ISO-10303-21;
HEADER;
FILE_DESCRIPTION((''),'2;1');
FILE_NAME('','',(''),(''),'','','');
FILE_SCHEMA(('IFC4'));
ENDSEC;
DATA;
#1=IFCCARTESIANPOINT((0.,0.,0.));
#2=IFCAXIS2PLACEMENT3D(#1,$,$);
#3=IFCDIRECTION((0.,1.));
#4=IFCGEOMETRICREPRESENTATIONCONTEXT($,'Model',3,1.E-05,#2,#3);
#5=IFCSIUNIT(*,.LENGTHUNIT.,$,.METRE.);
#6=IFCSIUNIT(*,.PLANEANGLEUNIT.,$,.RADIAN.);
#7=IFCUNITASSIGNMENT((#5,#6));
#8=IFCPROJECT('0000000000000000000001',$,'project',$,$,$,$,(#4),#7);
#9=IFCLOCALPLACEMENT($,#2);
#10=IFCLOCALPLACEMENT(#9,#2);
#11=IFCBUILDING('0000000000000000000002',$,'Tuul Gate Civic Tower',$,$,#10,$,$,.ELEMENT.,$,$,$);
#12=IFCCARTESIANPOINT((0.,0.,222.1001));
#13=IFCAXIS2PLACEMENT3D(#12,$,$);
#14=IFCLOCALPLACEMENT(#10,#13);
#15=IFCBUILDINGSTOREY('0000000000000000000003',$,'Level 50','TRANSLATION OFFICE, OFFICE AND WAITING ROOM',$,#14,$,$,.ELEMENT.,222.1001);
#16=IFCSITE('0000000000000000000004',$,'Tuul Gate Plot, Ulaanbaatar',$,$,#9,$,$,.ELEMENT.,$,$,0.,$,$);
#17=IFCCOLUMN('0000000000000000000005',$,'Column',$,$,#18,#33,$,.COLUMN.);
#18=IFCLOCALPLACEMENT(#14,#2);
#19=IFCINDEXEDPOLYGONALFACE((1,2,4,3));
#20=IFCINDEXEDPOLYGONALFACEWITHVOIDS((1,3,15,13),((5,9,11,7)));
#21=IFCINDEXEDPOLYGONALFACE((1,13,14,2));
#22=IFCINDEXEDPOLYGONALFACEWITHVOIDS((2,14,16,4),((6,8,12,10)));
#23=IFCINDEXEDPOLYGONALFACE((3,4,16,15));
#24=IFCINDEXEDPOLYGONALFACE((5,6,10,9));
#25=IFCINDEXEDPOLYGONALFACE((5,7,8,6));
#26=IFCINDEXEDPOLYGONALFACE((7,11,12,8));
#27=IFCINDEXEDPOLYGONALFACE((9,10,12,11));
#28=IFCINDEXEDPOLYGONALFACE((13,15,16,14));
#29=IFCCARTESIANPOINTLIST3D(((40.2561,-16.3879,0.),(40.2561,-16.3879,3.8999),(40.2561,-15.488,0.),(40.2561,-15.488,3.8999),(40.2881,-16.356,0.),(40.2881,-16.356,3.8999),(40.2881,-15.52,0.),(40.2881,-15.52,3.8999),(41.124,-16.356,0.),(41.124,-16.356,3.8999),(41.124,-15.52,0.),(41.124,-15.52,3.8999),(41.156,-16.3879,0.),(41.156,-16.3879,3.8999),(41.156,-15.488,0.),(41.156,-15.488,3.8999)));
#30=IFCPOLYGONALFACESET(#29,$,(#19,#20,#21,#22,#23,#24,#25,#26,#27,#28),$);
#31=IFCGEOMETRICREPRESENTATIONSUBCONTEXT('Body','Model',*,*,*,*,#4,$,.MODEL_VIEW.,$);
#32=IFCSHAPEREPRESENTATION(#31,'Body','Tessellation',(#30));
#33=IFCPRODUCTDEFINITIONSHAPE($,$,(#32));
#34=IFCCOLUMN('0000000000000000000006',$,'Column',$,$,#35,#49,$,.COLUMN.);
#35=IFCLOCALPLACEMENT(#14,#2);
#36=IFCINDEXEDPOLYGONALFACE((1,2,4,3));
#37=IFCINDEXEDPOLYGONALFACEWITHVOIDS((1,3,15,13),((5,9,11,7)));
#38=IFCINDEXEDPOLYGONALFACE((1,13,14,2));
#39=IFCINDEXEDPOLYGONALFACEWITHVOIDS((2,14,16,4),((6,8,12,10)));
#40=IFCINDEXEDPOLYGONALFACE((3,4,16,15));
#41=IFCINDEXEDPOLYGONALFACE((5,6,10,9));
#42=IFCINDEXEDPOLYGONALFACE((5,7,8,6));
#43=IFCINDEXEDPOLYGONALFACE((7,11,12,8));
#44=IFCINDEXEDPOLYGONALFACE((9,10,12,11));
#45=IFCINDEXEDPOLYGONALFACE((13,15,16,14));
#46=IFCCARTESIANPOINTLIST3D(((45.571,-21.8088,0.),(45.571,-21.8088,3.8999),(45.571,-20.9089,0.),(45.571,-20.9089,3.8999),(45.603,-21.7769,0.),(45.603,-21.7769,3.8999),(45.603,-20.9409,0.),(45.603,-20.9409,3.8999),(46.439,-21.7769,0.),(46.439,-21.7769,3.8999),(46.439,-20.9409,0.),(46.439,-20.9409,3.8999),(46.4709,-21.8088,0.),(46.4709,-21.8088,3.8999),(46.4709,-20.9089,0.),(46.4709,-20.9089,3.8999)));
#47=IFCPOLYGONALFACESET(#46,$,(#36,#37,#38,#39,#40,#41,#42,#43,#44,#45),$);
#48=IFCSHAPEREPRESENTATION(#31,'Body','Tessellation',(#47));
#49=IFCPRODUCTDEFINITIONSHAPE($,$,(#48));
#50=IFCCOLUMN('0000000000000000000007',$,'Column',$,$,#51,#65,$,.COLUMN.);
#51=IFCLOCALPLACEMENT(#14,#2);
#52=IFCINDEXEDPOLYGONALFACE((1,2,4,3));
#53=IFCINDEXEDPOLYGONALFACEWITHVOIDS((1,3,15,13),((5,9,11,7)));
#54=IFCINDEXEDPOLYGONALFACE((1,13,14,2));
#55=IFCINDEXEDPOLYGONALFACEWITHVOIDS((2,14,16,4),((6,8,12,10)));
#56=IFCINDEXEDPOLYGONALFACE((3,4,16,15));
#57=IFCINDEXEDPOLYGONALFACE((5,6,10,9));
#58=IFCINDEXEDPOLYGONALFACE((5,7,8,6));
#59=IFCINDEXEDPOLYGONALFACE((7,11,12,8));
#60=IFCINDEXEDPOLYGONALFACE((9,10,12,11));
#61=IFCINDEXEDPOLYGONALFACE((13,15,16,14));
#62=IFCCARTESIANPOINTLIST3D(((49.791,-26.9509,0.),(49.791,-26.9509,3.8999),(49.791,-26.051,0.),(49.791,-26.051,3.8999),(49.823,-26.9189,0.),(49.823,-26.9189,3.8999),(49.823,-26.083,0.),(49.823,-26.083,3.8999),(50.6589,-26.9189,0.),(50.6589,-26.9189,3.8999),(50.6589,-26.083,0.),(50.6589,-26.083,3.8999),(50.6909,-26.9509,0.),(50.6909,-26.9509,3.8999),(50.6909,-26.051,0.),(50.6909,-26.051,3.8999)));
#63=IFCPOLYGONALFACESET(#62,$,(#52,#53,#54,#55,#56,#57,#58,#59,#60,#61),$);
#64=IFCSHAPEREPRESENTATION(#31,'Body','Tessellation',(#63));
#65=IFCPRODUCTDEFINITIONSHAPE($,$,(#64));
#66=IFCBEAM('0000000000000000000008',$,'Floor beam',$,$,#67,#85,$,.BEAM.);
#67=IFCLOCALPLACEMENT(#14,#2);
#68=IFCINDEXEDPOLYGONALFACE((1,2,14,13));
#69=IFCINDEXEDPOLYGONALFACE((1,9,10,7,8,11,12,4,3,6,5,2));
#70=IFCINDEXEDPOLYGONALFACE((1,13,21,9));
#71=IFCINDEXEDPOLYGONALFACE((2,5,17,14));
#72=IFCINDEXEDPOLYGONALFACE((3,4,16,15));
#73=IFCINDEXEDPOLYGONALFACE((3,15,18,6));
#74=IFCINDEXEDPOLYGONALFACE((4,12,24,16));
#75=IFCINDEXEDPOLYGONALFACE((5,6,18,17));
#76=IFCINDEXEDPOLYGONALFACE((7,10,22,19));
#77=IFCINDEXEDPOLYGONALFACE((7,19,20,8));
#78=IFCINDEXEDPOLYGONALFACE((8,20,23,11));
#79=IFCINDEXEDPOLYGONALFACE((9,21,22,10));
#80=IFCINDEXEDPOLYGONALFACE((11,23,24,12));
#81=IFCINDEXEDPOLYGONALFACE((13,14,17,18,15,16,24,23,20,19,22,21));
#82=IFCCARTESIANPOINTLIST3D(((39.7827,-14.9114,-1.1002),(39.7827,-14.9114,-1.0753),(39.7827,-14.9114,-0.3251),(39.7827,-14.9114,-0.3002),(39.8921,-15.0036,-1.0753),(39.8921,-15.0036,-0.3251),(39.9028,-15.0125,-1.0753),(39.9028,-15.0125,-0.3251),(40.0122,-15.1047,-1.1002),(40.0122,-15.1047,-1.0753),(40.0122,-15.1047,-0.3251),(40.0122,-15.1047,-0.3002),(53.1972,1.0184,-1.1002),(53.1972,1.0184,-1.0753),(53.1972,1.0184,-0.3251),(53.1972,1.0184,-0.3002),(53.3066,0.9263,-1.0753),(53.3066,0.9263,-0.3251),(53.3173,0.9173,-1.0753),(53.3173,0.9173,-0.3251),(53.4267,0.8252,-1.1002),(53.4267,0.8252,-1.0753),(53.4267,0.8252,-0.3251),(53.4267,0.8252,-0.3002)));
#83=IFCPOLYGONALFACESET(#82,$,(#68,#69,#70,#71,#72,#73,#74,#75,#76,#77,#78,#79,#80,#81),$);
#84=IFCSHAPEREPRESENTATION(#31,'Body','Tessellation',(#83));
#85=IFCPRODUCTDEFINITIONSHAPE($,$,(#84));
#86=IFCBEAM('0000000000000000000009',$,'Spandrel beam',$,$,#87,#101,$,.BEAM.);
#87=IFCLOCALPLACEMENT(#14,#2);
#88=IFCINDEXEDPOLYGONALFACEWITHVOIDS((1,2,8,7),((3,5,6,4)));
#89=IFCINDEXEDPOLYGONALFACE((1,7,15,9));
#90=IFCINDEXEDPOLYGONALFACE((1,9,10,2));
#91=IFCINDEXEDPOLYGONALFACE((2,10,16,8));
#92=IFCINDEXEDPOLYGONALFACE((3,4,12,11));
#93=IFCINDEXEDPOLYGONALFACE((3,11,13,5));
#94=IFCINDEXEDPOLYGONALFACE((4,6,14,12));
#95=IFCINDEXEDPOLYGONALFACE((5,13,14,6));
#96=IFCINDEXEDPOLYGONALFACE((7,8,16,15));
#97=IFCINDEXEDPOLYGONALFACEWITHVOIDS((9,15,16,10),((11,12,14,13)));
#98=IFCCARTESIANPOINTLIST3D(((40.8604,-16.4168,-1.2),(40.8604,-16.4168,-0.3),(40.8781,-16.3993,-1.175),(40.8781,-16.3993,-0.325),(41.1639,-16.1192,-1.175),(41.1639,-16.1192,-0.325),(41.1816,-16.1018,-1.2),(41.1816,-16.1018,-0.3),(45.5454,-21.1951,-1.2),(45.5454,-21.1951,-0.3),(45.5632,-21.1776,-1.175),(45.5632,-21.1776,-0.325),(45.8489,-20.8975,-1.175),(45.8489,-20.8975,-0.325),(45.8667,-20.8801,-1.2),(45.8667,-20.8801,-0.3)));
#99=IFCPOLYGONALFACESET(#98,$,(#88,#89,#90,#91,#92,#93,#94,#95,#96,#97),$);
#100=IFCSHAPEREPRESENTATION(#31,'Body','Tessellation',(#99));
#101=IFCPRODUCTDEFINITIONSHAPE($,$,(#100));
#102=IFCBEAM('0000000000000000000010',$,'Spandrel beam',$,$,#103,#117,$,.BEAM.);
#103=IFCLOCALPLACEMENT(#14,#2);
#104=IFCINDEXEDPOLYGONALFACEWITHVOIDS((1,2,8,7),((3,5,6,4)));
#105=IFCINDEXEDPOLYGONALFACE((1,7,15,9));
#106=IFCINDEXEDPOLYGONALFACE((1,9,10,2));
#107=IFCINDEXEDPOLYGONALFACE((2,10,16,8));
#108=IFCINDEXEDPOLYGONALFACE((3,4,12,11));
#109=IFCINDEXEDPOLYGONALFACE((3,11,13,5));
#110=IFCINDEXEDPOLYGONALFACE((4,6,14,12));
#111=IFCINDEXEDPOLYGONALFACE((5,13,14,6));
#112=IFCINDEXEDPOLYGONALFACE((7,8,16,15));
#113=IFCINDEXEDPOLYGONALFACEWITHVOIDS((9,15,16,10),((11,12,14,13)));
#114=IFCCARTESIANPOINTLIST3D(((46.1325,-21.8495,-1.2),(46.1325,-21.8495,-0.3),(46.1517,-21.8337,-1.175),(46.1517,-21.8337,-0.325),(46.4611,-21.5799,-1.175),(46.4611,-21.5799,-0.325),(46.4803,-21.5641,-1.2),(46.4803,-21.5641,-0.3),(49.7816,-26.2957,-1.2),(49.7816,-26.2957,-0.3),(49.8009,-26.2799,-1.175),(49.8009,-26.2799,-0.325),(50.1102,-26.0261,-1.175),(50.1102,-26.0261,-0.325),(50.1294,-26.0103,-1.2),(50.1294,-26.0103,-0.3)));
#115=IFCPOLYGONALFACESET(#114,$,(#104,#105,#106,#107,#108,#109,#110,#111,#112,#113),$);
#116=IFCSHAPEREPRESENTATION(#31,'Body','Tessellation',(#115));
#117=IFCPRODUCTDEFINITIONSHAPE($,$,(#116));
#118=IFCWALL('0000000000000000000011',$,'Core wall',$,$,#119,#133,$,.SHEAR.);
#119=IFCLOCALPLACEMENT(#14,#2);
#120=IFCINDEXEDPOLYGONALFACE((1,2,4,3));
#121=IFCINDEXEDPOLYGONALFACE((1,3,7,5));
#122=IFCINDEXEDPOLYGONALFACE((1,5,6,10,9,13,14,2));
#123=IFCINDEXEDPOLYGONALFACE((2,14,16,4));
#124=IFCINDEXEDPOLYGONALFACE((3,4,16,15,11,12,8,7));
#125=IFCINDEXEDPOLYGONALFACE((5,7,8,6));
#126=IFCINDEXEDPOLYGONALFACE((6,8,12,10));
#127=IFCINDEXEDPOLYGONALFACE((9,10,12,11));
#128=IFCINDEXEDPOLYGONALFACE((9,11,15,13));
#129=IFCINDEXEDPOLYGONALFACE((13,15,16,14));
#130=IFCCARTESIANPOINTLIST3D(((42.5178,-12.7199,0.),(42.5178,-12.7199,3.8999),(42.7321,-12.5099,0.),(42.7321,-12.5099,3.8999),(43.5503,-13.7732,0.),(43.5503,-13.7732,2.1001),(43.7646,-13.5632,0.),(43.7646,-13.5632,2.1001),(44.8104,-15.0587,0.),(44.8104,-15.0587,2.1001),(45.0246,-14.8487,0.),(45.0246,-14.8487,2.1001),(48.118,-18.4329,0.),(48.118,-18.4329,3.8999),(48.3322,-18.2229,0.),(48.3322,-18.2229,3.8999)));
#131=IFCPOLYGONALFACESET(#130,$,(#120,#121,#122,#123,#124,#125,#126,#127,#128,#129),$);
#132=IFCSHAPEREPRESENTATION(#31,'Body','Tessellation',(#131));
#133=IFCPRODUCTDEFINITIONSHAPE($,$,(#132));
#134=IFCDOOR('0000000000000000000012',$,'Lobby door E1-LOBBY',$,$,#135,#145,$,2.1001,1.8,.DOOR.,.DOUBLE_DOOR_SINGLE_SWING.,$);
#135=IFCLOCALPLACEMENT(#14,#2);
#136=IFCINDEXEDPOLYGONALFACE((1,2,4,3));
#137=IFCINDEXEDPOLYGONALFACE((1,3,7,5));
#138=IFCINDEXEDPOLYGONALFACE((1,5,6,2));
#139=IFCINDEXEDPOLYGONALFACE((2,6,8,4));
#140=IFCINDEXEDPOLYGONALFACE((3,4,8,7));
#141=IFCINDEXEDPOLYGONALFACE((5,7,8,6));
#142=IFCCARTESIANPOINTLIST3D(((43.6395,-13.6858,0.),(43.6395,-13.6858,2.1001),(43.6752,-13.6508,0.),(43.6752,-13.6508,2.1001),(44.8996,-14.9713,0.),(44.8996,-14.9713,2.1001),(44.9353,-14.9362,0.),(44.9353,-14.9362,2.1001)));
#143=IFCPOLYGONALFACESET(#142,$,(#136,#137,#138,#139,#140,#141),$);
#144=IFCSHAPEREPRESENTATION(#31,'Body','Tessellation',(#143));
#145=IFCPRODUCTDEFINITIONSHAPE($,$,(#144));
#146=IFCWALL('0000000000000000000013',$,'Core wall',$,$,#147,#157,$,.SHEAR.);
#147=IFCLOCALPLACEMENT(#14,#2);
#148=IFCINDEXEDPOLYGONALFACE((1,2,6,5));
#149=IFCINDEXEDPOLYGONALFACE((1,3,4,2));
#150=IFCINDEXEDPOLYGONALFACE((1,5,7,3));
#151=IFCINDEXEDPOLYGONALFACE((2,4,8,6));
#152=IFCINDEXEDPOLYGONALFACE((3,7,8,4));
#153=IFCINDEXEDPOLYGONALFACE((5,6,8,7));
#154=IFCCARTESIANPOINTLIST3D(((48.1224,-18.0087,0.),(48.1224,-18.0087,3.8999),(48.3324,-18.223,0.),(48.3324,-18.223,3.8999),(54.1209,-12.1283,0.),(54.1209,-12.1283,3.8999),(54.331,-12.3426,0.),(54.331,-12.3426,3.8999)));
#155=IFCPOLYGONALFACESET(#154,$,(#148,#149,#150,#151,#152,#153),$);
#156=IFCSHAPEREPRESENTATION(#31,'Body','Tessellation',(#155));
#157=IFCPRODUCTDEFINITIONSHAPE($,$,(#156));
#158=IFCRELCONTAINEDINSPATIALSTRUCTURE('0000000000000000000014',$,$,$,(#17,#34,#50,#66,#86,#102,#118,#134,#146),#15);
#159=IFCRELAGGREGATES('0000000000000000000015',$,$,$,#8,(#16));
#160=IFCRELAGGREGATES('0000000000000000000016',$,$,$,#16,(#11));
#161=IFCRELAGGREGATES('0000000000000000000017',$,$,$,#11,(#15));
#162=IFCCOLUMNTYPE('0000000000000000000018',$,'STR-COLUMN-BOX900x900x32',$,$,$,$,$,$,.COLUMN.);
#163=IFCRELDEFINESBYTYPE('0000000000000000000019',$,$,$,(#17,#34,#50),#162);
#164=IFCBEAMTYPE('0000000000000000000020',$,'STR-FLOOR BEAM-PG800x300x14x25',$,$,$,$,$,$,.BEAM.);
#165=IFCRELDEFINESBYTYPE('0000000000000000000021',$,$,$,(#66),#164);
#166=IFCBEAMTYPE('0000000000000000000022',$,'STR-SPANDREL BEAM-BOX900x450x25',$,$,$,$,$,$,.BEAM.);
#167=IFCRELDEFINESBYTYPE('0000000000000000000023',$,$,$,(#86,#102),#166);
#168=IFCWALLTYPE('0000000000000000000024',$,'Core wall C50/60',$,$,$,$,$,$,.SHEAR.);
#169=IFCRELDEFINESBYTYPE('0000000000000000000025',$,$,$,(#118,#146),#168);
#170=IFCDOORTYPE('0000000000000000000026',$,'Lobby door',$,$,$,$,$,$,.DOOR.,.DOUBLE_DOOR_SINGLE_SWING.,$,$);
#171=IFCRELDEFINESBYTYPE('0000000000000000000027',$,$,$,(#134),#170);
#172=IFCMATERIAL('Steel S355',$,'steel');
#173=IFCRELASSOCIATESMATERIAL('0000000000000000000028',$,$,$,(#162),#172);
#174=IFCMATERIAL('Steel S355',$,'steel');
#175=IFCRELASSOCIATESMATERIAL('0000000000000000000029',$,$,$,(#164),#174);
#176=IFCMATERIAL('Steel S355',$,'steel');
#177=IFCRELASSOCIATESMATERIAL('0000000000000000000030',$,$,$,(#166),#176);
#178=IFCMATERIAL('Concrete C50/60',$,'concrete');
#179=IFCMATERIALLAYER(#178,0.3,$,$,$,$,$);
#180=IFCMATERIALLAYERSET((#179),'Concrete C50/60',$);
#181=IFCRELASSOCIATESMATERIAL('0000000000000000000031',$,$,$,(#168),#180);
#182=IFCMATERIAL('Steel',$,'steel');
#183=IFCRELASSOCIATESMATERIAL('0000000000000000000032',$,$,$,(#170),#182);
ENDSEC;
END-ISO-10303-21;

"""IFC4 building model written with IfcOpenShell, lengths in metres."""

from ifc_helpers import new_model, si_unit, direction, frame, frame_2d, origin, origin_2d, place, context, subcontext, project, spatial, rectangle, hollow_rectangle, i_section, extrude, material, layer, layer_set, material_profile, profile_set, type_object, element, fill, save


model = new_model("IFC4")

# Units and contexts
model_context = context("Model", 3, precision=1e-05, world=origin(), true_north=direction((0.0, 1.0)))
body_context = subcontext(model_context, "Body", "Model", "MODEL_VIEW")
ifc_project = project(units=[si_unit("LENGTHUNIT", "METRE"), si_unit("PLANEANGLEUNIT", "RADIAN")], contexts=[model_context])

# Site, building, storey
site_placement = place(None, origin())
site = spatial("IfcSite", under=ifc_project, at=site_placement, Name="Tuul Gate Plot, Ulaanbaatar", CompositionType="ELEMENT", RefElevation=0.0)
building_placement = place(site_placement, origin())
building = spatial("IfcBuilding", under=site, at=building_placement, Name="Tuul Gate Civic Tower", CompositionType="ELEMENT")
storey_placement = place(building_placement, frame((0.0, 0.0, 222.1001)))
storey = spatial("IfcBuildingStorey", under=building, at=storey_placement, Name="Level 50", Description="TRANSLATION OFFICE, OFFICE AND WAITING ROOM", CompositionType="ELEMENT", Elevation=222.1001)

# Columns
ifc_material_1 = material(Name="Steel S355", Category="steel")
ifc_material_profile_1 = material_profile(ifc_material_1, hollow_rectangle(XDim=0.8999, YDim=0.8999, WallThickness=0.032, at=origin_2d()), Name="BOX900x900x32")
ifc_profile_set_1 = profile_set([ifc_material_profile_1], Name="Steel S355")
column_type = type_object("IfcColumnType", Name="STR-COLUMN-BOX900x900x32", PredefinedType="COLUMN", material=ifc_profile_set_1)
for number, where, z_axis, x_axis, name in (
    (1, (40.7061, -15.938, 0.0), (0.0, 0.0, 1.0), (1.0, 0.0, 0.0), "Column"),
    (2, (46.021, -21.3589, 0.0), (0.0, 0.0, 1.0), (1.0, 0.0, 0.0), "Column"),
    (3, (50.241, -26.501, 0.0), (0.0, 0.0, 1.0), (1.0, 0.0, 0.0), "Column"),
):
    element("IfcColumn", number, at=place(storey_placement, frame(where, z_axis=z_axis, x_axis=x_axis)), inside=storey, type_object=column_type, Name=name, PredefinedType="COLUMN", context=body_context, shape_type="SweptSolid", body=[
        extrude(hollow_rectangle(XDim=0.8999, YDim=0.8999, WallThickness=0.032, at=origin_2d()), origin(), (0.0, 0.0, 1.0), 3.8999),
    ])

# Beams
ifc_material_2 = material(Name="Steel S355", Category="steel")
ifc_material_profile_2 = material_profile(ifc_material_2, i_section(OverallWidth=0.3, OverallDepth=0.8, WebThickness=0.0139, FlangeThickness=0.0249, at=origin_2d()), Name="PG800x300x14x25")
ifc_profile_set_2 = profile_set([ifc_material_profile_2], Name="Steel S355")
beam_type_1 = type_object("IfcBeamType", Name="STR-FLOOR BEAM-PG800x300x14x25", PredefinedType="BEAM", material=ifc_profile_set_2)
beam_1_placement = place(storey_placement, frame((39.8975, -15.0081, -0.7002), z_axis=(0.644132, 0.764914, 0.0), x_axis=(-0.764914, 0.644132, 0.0)))
element("IfcBeam", 4, at=beam_1_placement, inside=storey, type_object=beam_type_1, Name="Floor beam", PredefinedType="BEAM", context=body_context, shape_type="SweptSolid", body=[
    extrude(i_section(OverallWidth=0.3, OverallDepth=0.8, WebThickness=0.0139, FlangeThickness=0.0249, at=origin_2d()), origin(), (0.0, 0.0, 1.0), 20.8257),
])
ifc_material_3 = material(Name="Steel S355", Category="steel")
ifc_material_profile_3 = material_profile(ifc_material_3, hollow_rectangle(XDim=0.45, YDim=0.8999, WallThickness=0.0249, at=origin_2d()), Name="BOX900x450x25")
ifc_profile_set_3 = profile_set([ifc_material_profile_3], Name="Steel S355")
beam_type_2 = type_object("IfcBeamType", Name="STR-SPANDREL BEAM-BOX900x450x25", PredefinedType="BEAM", material=ifc_profile_set_3)
beam_2_placement = place(storey_placement, frame((41.021, -16.2593, -0.75), z_axis=(0.700104, -0.714041, 0.0), x_axis=(0.714041, 0.700104, 0.0)))
element("IfcBeam", 5, at=beam_2_placement, inside=storey, type_object=beam_type_2, Name="Spandrel beam", PredefinedType="BEAM", context=body_context, shape_type="SweptSolid", body=[
    extrude(hollow_rectangle(XDim=0.45, YDim=0.8999, WallThickness=0.0249, at=origin_2d()), origin(), (0.0, 0.0, 1.0), 6.6919),
])
beam_3_placement = place(storey_placement, frame((46.3064, -21.7068, -0.75), z_axis=(0.634414, -0.772994, 0.0), x_axis=(0.772994, 0.634414, 0.0)))
element("IfcBeam", 6, at=beam_3_placement, inside=storey, type_object=beam_type_2, Name="Spandrel beam", PredefinedType="BEAM", context=body_context, shape_type="SweptSolid", body=[
    extrude(hollow_rectangle(XDim=0.45, YDim=0.8999, WallThickness=0.0249, at=origin_2d()), origin(), (0.0, 0.0, 1.0), 5.752),
])

# Wall, opening, door
ifc_material_4 = material(Name="Concrete C50/60", Category="concrete")
ifc_layer_1 = layer(ifc_material_4, 0.3)
ifc_layer_set_1 = layer_set([ifc_layer_1], Name="Concrete C50/60")
wall_type_1 = type_object("IfcWallType", Name="Core wall C50/60", PredefinedType="SHEAR", material=ifc_layer_set_1)
wall_1_placement = place(storey_placement, frame((48.2251, -18.3279, 0.0), z_axis=(0.0, 0.0, 1.0), x_axis=(-0.700022, 0.714121, 0.0)))
wall_1 = element("IfcWall", 7, at=wall_1_placement, inside=storey, type_object=wall_type_1, Name="Core wall", PredefinedType="SHEAR", context=body_context, shape_type="SweptSolid", body=[
    extrude(rectangle(XDim=8.0, YDim=0.3, at=frame_2d((4.0, 0.0))), origin(), (0.0, 0.0, 1.0), 3.8999),
])
opening_1_placement = place(wall_1_placement, frame((4.7251, 0.0, 0.0)))
opening_1 = element("IfcOpeningElement", 8, at=opening_1_placement, cuts=wall_1, PredefinedType="OPENING", context=body_context, shape_type="SweptSolid", body=[
    extrude(rectangle(XDim=1.8, YDim=2.1001, at=frame_2d((0.8999, 1.05))), frame((0.0, 0.1602, 0.0), z_axis=(0.0, -1.0, 0.0), x_axis=(1.0, 0.0, 0.0)), (0.0, 0.0, 1.0), 0.3201),
])
ifc_material_5 = material(Name="Steel", Category="steel")
door_type_1 = type_object("IfcDoorType", Name="Lobby door", OperationType="DOUBLE_DOOR_SINGLE_SWING", PredefinedType="DOOR", material=ifc_material_5)
door_1_placement = place(opening_1_placement, frame((1.8, 0.0, 0.0), z_axis=(0.0, 0.0, 1.0), x_axis=(-1.0, 0.0, 0.0)))
door_1 = element("IfcDoor", 9, at=door_1_placement, inside=storey, type_object=door_type_1, Name="Lobby door E1-LOBBY", OperationType="DOUBLE_DOOR_SINGLE_SWING", OverallHeight=2.1001, OverallWidth=1.8, PredefinedType="DOOR", context=body_context, shape_type="SweptSolid", body=[
    extrude(rectangle(XDim=1.8, YDim=2.1001, at=frame_2d((0.9001, 1.05))), frame((0.0, 0.0249, 0.0), z_axis=(0.0, -1.0, 0.0), x_axis=(1.0, 0.0, 0.0)), (0.0, 0.0, 1.0), 0.05),
])
fill(opening_1, door_1)

# Wall
wall_2_placement = place(storey_placement, frame((48.2273, -18.116, 0.0), z_axis=(0.0, 0.0, 1.0), x_axis=(0.714105, 0.700038, 0.0)))
element("IfcWall", 10, at=wall_2_placement, inside=storey, type_object=wall_type_1, Name="Core wall", PredefinedType="SHEAR", context=body_context, shape_type="SweptSolid", body=[
    extrude(rectangle(XDim=8.4001, YDim=0.3, at=frame_2d((4.2002, 0.0))), origin(), (0.0, 0.0, 1.0), 3.8999),
])

save(model, "model.ifc")
